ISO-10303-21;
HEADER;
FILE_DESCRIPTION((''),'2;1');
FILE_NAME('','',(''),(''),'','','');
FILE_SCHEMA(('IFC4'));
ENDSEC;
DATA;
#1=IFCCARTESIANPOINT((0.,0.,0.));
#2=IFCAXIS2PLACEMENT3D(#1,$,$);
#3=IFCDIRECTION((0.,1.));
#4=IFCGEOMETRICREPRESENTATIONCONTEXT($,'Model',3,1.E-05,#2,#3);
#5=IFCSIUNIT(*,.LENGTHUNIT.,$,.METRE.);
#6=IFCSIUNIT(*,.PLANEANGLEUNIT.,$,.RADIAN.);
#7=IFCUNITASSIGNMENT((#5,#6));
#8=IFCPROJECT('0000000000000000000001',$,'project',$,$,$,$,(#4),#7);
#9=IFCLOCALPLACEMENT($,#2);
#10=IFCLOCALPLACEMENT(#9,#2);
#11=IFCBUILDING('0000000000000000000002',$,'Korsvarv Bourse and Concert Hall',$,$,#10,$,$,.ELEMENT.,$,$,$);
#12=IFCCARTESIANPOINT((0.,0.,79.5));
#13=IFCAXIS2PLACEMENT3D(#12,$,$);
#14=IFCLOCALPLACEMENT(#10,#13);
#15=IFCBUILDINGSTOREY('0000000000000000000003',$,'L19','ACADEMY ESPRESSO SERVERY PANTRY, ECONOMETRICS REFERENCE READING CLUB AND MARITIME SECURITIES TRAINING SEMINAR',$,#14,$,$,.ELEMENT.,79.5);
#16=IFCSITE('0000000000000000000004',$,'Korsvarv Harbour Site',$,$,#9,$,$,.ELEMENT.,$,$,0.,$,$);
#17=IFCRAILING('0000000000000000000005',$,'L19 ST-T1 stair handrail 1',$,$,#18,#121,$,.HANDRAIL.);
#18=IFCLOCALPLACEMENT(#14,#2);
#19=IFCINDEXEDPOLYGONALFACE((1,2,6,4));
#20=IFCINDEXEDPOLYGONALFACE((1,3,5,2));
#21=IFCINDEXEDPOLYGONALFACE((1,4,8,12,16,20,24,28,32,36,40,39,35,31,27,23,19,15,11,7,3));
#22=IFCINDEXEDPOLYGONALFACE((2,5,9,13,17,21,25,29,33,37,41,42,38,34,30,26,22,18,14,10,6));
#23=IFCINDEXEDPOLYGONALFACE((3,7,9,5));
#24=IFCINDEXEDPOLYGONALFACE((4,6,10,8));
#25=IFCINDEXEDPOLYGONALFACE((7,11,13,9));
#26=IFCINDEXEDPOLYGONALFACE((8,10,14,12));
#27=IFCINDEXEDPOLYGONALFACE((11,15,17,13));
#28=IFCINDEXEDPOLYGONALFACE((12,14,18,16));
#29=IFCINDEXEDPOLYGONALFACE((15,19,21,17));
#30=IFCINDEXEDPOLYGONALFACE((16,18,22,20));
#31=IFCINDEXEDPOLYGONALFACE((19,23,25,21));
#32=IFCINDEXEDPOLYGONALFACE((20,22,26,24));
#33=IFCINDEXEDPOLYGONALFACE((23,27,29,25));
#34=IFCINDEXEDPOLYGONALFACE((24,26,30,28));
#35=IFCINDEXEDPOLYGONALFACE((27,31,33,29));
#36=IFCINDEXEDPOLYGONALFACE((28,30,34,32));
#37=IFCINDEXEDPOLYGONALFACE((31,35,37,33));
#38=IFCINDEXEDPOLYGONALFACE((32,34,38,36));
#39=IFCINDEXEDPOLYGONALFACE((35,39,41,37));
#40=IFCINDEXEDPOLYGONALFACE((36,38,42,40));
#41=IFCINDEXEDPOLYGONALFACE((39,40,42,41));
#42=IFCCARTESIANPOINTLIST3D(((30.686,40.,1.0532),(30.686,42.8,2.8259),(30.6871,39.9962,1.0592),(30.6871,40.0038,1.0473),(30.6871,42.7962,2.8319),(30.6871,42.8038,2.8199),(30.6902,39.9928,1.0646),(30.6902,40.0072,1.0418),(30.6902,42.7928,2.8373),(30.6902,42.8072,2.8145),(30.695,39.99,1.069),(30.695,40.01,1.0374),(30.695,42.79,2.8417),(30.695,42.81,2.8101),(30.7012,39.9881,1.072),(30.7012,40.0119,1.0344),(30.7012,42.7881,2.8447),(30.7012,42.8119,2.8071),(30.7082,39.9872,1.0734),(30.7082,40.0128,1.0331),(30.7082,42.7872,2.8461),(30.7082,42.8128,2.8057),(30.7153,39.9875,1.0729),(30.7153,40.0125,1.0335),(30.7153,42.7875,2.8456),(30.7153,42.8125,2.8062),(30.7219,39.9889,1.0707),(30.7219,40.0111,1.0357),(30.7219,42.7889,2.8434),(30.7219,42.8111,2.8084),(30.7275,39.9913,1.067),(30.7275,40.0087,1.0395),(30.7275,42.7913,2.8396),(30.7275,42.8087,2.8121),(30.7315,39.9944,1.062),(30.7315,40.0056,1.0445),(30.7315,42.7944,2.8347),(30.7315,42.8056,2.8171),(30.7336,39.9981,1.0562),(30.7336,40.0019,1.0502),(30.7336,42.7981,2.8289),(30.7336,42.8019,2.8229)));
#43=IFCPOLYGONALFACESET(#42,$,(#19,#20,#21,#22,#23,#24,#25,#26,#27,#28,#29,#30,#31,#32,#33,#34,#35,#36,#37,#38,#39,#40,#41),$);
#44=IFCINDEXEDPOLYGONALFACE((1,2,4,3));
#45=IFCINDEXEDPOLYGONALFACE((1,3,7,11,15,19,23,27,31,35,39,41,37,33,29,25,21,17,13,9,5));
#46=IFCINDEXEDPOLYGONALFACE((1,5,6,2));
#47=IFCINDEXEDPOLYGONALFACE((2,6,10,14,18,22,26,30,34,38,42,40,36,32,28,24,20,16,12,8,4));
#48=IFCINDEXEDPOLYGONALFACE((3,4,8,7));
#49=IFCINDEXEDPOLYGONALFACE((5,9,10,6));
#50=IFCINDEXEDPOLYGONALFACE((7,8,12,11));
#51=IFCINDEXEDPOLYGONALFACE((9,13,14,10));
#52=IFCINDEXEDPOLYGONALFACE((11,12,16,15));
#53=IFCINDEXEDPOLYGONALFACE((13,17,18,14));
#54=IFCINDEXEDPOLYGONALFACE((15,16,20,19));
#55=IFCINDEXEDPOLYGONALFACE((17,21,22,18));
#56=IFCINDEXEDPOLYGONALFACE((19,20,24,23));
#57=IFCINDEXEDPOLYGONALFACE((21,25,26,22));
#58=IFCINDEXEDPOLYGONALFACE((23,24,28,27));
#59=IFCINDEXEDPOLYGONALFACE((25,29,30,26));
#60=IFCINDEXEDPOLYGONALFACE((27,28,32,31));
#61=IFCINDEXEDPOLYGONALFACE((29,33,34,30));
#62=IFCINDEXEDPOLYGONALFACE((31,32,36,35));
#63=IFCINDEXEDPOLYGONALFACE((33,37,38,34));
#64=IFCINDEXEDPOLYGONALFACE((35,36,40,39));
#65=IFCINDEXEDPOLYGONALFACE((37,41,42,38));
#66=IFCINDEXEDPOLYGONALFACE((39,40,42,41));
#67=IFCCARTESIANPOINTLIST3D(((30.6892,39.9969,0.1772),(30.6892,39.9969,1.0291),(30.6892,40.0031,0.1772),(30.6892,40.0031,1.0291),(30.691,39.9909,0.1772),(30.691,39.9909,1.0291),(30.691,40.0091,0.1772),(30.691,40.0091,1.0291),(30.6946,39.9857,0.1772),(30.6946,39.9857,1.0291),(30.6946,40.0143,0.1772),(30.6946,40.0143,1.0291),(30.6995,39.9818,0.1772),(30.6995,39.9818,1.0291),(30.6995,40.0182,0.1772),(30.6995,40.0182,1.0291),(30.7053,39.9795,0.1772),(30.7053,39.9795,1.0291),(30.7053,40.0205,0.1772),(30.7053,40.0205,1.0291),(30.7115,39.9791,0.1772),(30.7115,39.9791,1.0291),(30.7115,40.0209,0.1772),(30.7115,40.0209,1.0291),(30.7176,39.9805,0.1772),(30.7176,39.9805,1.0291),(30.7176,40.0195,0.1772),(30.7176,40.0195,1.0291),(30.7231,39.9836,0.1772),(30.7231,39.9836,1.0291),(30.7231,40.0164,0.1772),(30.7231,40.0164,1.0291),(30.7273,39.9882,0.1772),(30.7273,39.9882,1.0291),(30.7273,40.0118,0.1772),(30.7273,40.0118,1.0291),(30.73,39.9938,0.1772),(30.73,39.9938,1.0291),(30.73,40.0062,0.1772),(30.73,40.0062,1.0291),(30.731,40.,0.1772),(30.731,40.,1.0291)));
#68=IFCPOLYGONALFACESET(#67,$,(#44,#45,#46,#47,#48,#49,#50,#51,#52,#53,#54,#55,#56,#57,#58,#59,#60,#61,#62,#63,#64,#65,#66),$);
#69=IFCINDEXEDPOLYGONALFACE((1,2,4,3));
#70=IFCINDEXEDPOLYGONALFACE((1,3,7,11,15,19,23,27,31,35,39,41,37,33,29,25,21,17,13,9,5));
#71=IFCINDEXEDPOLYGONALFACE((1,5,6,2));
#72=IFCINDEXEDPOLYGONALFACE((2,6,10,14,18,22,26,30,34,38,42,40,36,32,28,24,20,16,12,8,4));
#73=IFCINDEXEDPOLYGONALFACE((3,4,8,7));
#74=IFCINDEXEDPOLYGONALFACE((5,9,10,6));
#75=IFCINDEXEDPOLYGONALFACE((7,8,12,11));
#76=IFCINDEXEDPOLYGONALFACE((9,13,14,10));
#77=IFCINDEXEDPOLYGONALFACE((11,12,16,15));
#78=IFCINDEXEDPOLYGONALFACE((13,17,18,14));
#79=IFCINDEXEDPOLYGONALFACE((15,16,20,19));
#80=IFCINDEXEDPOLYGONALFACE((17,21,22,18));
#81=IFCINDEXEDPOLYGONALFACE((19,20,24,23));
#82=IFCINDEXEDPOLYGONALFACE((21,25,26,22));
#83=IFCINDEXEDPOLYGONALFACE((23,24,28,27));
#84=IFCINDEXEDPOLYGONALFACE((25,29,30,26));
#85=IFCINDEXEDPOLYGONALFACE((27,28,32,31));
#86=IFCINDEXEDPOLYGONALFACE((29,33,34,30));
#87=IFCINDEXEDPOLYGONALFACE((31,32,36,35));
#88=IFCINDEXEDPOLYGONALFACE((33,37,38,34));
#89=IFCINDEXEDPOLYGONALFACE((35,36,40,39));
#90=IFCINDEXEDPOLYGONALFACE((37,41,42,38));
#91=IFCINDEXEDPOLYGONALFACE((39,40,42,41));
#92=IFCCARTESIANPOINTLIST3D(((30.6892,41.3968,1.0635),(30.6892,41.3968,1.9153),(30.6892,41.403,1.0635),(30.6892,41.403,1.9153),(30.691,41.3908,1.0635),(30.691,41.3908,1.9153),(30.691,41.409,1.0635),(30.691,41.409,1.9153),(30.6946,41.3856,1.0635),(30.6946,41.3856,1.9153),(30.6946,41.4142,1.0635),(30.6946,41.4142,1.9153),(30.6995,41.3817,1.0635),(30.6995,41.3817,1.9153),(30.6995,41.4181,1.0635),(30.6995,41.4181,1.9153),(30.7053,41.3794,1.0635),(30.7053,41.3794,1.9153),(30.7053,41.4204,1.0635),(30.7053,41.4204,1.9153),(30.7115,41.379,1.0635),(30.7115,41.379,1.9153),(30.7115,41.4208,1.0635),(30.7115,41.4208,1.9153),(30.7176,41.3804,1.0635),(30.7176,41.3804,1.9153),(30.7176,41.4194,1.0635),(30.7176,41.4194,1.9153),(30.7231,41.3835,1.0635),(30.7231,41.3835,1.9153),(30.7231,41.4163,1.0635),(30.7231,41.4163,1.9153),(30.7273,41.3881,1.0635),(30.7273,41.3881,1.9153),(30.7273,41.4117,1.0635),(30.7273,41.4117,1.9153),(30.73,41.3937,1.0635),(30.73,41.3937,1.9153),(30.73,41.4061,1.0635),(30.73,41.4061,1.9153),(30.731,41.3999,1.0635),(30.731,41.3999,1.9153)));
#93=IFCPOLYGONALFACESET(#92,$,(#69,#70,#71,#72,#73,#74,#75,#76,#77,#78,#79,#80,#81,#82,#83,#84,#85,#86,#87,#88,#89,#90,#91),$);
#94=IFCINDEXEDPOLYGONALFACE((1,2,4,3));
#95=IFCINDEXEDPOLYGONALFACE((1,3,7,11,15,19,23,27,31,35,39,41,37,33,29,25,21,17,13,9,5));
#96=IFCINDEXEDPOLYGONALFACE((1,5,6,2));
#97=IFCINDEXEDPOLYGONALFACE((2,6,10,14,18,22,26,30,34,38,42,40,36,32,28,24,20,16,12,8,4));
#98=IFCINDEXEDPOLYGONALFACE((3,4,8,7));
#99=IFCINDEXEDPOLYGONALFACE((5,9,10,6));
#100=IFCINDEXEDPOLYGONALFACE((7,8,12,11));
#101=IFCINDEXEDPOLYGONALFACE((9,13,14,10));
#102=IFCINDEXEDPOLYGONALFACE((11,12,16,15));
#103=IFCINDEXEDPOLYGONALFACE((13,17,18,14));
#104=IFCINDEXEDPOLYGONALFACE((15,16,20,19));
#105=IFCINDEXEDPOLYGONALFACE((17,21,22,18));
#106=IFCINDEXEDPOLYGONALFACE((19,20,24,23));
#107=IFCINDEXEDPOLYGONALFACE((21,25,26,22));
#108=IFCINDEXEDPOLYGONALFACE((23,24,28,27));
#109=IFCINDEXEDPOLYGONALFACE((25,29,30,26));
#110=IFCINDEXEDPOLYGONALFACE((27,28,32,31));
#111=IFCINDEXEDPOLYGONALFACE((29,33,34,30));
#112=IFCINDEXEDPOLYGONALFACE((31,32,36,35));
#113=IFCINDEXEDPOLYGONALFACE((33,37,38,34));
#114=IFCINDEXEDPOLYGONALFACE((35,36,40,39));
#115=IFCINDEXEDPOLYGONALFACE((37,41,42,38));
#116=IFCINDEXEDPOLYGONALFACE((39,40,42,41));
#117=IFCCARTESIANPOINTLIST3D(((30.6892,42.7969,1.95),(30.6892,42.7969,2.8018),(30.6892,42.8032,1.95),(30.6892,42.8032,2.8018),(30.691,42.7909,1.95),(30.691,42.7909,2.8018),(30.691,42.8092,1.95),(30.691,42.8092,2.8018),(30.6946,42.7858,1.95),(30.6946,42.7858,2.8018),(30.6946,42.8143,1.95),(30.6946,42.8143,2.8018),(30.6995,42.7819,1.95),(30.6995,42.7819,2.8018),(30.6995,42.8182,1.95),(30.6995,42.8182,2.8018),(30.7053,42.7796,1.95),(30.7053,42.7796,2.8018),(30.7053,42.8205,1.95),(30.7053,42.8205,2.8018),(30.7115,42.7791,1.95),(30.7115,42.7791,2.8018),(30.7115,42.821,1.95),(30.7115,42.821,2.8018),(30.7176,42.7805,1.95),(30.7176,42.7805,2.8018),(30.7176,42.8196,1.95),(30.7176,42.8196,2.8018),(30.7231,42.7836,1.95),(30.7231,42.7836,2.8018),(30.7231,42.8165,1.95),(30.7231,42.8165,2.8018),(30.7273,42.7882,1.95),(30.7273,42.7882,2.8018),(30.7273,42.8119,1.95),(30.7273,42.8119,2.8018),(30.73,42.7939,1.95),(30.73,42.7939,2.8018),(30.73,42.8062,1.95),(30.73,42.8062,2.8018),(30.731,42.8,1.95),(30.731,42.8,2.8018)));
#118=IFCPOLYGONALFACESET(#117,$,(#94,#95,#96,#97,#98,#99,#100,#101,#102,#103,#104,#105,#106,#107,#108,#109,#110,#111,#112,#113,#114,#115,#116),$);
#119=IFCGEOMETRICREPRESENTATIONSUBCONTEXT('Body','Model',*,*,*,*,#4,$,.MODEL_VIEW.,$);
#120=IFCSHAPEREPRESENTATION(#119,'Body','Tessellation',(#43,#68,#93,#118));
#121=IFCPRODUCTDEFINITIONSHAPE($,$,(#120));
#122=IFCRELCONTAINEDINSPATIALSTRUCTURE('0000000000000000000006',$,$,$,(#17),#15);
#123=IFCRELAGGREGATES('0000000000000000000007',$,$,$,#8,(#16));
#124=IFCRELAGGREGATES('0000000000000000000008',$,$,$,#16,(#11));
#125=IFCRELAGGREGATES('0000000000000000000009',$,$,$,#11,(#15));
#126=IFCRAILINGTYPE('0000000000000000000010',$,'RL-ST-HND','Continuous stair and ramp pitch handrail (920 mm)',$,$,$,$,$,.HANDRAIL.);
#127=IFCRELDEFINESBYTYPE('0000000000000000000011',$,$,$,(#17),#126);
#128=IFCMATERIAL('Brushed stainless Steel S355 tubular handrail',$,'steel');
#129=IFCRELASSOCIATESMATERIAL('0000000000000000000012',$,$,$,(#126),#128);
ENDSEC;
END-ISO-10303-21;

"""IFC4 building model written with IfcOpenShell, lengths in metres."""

from ifc_helpers import new_model, si_unit, direction, frame, origin, origin_2d, place, context, subcontext, project, spatial, circle, extrude, material, type_object, element, save


model = new_model("IFC4")

# Units and contexts
model_context = context("Model", 3, precision=1e-05, world=origin(), true_north=direction((0.0, 1.0)))
body_context = subcontext(model_context, "Body", "Model", "MODEL_VIEW")
ifc_project = project(units=[si_unit("LENGTHUNIT", "METRE"), si_unit("PLANEANGLEUNIT", "RADIAN")], contexts=[model_context])

# Site, building, storey
site_placement = place(None, origin())
site = spatial("IfcSite", under=ifc_project, at=site_placement, Name="Korsvarv Harbour Site", CompositionType="ELEMENT", RefElevation=0.0)
building_placement = place(site_placement, origin())
building = spatial("IfcBuilding", under=site, at=building_placement, Name="Korsvarv Bourse and Concert Hall", CompositionType="ELEMENT")
storey_placement = place(building_placement, frame((0.0, 0.0, 79.5)))
storey = spatial("IfcBuildingStorey", under=building, at=storey_placement, Name="L19", Description="ACADEMY ESPRESSO SERVERY PANTRY, ECONOMETRICS REFERENCE READING CLUB AND MARITIME SECURITIES TRAINING SEMINAR", CompositionType="ELEMENT", Elevation=79.5)

# Railing
ifc_material_1 = material(Name="Brushed stainless Steel S355 tubular handrail", Category="steel")
railing_type = type_object("IfcRailingType", Name="RL-ST-HND", Description="Continuous stair and ramp pitch handrail (920 mm)", PredefinedType="HANDRAIL", material=ifc_material_1)
railing_placement = place(storey_placement, frame((30.71, 40.0, 0.1772)))
element("IfcRailing", 1, at=railing_placement, inside=storey, type_object=railing_type, Name="L19 ST-T1 stair handrail 1", PredefinedType="HANDRAIL", context=body_context, shape_type="SweptSolid", body=[
    extrude(circle(Radius=0.0239, at=origin_2d()), frame((0.0, 0.0, 0.876), z_axis=(0.0, 0.844909, 0.53491), x_axis=(-1.0, 0.0, 0.0)), (0.0, 0.0, 1.0), 3.314),
    extrude(circle(Radius=0.021, at=origin_2d()), origin(), (0.0, 0.0, 1.0), 0.8518),
    extrude(circle(Radius=0.021, at=origin_2d()), frame((0.0, 1.3999, 0.8862)), (0.0, 0.0, 1.0), 0.8518),
    extrude(circle(Radius=0.021, at=origin_2d()), frame((0.0, 2.8, 1.7727)), (0.0, 0.0, 1.0), 0.8518),
])

save(model, "model.ifc")
